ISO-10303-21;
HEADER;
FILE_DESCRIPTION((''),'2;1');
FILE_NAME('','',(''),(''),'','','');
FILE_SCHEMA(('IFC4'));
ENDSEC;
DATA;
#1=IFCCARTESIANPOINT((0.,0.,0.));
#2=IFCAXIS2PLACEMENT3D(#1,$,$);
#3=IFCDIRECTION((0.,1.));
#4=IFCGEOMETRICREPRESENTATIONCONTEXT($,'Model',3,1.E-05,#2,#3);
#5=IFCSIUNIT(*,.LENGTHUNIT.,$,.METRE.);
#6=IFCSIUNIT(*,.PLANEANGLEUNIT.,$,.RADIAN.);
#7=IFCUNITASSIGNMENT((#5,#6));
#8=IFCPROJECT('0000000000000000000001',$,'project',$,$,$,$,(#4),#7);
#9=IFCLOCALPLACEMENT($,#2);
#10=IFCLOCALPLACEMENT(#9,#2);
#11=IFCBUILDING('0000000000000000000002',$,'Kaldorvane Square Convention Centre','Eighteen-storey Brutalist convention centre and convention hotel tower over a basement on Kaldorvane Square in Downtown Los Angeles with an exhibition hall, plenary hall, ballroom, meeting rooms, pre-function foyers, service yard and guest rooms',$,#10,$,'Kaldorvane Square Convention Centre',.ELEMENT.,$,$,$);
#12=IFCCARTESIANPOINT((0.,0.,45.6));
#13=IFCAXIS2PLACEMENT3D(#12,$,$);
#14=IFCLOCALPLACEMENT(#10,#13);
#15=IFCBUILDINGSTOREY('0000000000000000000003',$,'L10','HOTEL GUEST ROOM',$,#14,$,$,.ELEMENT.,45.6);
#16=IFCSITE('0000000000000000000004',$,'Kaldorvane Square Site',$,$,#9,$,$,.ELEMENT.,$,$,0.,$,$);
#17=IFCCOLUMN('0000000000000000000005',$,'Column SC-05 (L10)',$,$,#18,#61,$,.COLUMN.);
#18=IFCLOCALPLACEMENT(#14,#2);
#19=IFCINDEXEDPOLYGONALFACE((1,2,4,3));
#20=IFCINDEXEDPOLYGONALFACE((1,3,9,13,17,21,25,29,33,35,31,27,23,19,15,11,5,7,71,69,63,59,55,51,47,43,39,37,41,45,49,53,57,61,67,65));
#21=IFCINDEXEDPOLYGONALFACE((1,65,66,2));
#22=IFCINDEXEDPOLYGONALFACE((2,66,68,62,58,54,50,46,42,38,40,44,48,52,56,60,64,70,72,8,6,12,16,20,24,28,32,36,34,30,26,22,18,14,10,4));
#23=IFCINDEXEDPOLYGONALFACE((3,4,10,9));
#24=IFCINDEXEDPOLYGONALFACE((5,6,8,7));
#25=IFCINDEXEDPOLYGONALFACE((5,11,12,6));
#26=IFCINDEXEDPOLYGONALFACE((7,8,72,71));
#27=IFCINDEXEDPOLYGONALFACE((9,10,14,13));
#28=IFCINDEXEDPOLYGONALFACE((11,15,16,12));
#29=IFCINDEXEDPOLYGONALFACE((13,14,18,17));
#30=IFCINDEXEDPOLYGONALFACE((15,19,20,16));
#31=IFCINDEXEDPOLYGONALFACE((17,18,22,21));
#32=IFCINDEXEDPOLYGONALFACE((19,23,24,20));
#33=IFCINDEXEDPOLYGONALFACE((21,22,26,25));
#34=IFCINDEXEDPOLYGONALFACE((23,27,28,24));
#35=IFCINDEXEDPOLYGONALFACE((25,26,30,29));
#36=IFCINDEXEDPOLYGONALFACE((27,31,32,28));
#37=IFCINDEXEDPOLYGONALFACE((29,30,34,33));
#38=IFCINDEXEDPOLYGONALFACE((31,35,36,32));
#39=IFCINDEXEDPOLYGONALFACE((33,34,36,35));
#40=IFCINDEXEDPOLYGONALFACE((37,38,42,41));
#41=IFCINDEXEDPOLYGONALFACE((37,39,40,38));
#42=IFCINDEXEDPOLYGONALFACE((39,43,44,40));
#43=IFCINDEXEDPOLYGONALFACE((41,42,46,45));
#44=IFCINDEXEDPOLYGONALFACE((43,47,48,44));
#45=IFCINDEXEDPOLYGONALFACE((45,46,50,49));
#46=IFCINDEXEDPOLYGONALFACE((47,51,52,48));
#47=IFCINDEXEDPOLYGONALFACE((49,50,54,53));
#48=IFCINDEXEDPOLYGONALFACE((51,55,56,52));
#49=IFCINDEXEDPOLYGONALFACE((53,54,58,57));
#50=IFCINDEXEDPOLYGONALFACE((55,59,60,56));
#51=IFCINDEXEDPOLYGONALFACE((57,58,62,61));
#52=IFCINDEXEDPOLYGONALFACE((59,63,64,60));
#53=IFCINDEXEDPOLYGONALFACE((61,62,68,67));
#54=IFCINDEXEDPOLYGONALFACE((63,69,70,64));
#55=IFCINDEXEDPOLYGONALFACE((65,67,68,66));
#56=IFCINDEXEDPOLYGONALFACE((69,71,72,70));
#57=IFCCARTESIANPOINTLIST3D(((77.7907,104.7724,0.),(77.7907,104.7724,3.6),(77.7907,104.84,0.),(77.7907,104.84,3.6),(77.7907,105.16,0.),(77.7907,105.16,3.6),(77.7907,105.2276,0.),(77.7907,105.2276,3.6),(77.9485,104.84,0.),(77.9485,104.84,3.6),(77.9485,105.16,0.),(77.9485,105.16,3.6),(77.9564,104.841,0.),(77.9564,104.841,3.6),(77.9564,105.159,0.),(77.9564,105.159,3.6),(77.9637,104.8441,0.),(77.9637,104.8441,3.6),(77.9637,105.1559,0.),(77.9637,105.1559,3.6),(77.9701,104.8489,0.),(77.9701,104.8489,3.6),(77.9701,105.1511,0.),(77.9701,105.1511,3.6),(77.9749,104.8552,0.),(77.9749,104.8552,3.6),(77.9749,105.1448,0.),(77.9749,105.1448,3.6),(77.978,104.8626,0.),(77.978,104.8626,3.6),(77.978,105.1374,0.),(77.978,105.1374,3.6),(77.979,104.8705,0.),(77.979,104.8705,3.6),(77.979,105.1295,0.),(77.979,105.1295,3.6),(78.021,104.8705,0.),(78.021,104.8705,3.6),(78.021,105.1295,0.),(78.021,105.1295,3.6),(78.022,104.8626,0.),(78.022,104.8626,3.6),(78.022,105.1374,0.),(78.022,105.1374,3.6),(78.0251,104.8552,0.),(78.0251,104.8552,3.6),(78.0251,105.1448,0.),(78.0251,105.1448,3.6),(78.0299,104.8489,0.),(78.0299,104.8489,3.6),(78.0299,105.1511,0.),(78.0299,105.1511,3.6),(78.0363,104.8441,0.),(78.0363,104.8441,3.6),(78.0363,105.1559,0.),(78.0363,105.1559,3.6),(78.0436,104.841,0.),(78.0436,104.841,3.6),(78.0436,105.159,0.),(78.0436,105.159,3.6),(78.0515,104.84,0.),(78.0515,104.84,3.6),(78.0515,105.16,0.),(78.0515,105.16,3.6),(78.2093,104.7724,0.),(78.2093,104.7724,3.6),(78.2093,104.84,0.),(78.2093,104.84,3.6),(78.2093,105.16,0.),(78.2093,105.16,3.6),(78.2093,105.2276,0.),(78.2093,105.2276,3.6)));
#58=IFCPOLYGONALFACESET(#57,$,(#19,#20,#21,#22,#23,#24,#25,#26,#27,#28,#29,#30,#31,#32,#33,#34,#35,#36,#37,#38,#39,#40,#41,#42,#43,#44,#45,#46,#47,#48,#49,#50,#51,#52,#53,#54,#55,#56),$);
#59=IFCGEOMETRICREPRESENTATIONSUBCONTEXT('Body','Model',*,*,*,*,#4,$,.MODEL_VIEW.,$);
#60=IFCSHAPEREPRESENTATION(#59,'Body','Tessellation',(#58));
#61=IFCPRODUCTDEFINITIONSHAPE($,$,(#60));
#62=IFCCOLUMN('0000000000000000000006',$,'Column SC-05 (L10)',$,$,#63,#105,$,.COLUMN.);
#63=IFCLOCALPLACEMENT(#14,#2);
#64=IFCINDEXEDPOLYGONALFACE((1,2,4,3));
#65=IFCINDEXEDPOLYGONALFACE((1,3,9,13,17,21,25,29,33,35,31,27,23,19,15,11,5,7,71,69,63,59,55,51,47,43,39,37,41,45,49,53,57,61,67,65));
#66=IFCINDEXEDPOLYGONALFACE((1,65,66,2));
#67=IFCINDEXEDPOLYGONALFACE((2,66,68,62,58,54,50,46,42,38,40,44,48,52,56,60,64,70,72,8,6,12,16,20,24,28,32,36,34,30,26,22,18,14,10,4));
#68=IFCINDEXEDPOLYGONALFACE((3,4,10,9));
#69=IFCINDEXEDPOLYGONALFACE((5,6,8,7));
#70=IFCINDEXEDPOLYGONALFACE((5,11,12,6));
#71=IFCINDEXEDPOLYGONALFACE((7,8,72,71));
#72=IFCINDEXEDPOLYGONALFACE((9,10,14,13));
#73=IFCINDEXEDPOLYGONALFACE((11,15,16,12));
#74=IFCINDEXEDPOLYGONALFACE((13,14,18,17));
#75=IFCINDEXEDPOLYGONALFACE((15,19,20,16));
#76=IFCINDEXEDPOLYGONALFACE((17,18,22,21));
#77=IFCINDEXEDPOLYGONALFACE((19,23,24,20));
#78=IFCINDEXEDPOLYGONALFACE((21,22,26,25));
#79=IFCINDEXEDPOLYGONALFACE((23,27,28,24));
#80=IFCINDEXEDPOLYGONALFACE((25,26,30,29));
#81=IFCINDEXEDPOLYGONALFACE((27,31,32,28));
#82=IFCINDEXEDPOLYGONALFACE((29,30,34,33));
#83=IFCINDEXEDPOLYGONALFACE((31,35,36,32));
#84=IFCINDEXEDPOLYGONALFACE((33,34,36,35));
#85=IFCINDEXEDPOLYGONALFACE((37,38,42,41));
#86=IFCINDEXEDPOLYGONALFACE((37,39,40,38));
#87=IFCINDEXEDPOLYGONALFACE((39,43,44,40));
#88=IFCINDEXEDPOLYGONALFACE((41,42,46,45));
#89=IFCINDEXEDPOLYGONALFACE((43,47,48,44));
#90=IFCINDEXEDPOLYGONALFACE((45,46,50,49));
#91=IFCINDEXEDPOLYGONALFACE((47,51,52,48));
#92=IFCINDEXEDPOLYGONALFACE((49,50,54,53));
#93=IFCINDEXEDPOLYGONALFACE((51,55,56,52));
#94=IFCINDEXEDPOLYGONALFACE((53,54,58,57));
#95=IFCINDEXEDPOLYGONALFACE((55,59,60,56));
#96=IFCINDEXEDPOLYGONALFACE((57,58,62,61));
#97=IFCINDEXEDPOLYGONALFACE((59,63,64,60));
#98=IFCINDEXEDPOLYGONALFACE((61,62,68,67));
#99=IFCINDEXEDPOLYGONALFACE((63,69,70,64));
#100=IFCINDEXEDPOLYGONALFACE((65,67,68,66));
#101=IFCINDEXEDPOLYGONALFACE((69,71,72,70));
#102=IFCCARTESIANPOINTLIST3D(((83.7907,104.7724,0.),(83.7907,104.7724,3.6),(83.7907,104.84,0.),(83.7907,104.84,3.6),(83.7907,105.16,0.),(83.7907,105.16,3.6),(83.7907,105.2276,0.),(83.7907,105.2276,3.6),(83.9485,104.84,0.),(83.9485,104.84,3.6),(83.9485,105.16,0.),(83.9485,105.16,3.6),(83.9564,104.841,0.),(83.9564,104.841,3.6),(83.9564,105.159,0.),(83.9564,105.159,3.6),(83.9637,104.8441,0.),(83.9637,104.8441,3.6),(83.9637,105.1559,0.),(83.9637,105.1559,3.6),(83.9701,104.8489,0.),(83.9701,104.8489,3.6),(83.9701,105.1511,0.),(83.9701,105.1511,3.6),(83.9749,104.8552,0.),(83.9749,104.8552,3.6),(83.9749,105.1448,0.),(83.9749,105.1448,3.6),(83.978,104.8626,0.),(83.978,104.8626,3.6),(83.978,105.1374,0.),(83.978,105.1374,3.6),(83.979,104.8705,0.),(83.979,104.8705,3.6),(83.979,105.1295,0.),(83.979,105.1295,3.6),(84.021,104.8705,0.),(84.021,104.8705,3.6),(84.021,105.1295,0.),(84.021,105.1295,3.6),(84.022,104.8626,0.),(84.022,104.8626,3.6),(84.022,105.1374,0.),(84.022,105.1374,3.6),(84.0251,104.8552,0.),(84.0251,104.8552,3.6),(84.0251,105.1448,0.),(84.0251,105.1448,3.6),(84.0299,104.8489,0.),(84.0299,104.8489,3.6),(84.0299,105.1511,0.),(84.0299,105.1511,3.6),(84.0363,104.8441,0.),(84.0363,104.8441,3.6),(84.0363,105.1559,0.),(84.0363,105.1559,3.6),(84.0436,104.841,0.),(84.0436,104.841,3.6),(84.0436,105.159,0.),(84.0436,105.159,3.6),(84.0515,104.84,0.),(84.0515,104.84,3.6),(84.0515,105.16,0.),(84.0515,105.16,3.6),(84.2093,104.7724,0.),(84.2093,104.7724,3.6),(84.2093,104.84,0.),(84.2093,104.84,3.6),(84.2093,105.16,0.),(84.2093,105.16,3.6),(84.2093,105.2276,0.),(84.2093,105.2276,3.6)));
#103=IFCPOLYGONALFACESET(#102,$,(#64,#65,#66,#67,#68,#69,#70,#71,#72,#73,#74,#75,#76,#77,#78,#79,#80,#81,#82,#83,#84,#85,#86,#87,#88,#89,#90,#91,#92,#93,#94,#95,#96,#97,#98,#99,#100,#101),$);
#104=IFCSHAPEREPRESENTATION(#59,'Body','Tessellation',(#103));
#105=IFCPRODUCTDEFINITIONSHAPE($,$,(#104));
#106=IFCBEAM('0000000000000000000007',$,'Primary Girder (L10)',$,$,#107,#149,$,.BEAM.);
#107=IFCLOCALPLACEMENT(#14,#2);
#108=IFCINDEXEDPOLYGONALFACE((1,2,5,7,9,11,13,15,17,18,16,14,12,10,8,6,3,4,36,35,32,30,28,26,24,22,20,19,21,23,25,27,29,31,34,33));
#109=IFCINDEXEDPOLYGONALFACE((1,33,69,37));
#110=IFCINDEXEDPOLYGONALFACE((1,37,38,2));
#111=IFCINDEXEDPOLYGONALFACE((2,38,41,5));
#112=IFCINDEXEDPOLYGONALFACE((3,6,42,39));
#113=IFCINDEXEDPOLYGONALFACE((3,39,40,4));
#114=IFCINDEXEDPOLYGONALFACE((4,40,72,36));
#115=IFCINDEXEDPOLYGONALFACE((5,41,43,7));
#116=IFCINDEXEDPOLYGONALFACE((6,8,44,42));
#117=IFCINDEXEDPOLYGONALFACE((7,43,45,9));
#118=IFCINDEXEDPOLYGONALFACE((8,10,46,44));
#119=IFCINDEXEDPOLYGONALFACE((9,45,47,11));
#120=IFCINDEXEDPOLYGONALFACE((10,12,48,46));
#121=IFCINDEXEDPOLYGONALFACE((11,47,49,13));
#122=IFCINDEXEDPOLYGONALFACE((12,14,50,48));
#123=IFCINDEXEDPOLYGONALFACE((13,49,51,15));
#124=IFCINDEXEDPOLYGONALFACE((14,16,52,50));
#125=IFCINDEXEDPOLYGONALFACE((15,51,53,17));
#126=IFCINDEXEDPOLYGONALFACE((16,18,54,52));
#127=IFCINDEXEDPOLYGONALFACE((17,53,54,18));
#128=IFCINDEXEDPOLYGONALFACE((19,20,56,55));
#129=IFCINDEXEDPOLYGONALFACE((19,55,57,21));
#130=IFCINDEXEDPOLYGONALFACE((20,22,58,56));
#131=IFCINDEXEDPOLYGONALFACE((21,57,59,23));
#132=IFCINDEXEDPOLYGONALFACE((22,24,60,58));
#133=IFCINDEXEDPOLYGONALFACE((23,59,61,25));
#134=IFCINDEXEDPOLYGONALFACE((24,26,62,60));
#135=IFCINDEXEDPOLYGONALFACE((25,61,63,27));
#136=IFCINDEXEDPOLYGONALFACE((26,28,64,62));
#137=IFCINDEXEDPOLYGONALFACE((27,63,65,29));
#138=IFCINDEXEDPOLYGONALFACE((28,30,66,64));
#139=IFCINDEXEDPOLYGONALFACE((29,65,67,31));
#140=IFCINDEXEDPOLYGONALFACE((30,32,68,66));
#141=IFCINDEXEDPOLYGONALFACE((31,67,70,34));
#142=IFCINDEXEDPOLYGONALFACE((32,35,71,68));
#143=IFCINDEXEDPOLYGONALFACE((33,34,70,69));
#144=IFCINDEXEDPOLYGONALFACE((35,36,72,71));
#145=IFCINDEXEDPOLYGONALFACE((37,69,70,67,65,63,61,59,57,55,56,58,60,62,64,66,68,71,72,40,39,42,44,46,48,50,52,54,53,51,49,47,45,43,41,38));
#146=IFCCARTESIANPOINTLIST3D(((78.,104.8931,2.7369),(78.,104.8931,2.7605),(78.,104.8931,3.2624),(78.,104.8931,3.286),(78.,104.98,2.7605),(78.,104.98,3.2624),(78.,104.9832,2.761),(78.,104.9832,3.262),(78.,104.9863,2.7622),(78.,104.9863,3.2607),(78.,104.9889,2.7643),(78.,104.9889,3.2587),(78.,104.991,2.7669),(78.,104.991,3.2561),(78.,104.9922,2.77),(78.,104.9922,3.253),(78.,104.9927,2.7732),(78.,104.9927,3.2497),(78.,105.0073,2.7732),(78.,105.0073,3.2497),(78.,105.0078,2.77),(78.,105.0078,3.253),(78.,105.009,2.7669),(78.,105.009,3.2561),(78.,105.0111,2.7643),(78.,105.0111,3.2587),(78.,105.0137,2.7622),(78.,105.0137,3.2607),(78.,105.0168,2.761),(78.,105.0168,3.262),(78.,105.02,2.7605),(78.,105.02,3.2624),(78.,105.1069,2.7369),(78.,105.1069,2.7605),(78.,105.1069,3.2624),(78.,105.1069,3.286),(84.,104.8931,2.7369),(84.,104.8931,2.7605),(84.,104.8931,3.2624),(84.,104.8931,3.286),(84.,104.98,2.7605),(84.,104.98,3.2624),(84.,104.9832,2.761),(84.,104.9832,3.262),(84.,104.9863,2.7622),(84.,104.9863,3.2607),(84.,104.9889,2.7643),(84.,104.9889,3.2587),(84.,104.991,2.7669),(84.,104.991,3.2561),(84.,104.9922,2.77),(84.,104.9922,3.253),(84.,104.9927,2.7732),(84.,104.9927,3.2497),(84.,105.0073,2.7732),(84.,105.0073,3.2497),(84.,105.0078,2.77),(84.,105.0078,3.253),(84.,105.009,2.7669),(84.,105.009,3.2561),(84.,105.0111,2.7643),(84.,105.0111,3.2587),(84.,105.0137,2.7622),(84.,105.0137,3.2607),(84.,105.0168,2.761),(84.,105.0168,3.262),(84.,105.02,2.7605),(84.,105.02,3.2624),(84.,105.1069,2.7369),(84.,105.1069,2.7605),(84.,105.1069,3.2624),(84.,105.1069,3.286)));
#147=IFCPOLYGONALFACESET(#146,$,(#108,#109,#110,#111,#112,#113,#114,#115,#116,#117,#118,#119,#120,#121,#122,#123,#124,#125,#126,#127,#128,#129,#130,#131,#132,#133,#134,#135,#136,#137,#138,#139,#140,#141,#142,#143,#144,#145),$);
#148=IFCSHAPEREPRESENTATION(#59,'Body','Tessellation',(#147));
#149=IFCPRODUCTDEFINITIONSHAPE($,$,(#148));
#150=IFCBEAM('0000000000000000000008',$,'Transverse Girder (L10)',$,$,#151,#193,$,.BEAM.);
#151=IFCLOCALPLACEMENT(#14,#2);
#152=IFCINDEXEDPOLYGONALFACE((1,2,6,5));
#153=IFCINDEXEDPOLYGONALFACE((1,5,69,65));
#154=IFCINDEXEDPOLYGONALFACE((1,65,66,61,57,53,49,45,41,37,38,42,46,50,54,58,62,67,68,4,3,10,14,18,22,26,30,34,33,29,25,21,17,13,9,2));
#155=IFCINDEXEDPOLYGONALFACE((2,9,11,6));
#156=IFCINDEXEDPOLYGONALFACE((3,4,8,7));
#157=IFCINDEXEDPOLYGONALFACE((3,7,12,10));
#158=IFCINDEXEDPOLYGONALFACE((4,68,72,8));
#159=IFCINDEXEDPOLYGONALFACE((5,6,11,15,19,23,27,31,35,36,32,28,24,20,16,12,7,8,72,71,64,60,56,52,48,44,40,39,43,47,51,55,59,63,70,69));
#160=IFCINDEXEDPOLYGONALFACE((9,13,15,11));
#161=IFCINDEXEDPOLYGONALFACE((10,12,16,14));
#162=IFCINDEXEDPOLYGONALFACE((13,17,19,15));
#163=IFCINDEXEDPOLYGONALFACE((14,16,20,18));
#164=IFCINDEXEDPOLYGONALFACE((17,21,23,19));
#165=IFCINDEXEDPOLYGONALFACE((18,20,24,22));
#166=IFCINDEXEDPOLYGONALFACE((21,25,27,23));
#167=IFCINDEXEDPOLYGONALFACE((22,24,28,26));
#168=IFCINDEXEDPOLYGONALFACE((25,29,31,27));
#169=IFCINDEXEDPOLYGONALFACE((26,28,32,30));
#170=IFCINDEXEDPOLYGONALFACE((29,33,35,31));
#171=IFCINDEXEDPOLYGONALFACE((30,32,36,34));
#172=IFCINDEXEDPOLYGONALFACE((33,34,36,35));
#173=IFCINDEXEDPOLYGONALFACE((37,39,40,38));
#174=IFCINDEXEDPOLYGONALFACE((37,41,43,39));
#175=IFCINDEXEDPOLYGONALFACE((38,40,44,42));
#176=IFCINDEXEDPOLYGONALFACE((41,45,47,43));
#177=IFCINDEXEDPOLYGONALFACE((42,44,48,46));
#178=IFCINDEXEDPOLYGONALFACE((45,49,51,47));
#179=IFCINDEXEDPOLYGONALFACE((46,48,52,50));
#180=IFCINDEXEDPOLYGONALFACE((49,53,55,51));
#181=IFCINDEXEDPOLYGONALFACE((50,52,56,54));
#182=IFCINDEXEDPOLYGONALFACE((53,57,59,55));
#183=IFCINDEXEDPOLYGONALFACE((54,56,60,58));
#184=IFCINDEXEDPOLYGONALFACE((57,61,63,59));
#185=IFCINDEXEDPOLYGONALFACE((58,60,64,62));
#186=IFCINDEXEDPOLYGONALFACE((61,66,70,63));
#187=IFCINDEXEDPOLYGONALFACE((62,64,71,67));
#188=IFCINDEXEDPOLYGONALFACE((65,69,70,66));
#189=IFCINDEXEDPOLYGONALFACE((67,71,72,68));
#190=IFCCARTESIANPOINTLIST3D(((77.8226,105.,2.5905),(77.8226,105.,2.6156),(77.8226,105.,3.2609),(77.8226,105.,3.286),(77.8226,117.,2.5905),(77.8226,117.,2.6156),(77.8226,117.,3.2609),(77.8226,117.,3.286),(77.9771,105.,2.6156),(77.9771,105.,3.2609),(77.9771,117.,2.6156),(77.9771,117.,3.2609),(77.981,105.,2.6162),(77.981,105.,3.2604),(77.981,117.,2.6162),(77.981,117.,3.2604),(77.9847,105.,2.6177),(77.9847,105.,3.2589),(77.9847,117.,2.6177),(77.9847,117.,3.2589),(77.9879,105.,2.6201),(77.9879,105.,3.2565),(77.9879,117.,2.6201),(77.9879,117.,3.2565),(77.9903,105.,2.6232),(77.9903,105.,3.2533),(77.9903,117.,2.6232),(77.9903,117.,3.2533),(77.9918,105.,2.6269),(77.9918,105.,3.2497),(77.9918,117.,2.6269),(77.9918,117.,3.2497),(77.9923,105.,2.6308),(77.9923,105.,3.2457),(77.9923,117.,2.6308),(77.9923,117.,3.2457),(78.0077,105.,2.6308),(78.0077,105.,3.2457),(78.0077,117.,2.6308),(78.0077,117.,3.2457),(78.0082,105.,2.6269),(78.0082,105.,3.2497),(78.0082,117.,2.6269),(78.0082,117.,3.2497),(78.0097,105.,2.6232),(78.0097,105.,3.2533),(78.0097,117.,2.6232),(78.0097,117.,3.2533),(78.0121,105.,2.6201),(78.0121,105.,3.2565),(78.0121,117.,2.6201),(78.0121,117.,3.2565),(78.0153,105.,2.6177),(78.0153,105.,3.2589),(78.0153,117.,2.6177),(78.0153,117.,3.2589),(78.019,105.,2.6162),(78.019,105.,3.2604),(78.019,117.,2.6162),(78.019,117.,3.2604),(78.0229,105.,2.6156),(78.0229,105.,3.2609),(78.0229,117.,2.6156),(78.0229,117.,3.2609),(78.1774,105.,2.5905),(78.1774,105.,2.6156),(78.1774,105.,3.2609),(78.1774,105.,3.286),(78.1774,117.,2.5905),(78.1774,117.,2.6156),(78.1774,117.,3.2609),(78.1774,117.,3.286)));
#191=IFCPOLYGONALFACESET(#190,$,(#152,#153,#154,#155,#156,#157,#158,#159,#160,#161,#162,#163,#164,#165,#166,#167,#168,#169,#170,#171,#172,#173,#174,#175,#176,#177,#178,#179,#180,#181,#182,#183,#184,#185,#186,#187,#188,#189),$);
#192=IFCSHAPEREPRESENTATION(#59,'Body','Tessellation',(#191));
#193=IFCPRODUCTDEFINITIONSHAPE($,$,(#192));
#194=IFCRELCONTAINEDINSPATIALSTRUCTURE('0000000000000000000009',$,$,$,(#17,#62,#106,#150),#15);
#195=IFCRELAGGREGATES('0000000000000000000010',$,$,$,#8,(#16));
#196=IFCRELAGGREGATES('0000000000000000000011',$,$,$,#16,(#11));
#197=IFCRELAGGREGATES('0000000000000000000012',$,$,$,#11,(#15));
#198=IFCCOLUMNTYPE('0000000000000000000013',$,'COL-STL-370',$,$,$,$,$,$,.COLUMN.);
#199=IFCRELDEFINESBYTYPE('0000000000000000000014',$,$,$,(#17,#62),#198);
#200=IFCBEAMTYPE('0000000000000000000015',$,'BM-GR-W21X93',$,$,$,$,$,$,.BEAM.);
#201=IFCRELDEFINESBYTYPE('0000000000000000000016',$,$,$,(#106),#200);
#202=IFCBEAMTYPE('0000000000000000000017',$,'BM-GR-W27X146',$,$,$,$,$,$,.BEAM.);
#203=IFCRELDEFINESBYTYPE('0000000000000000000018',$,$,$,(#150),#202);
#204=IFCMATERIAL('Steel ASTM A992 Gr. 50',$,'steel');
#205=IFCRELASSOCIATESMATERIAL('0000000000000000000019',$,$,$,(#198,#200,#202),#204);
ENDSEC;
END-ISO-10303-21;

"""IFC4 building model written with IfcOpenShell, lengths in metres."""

from ifc_helpers import new_model, si_unit, direction, frame, origin, origin_2d, place, context, subcontext, project, spatial, i_section, extrude, material, material_profile, profile_set, type_object, element, save


model = new_model("IFC4")

# Units and contexts
model_context = context("Model", 3, precision=1e-05, world=origin(), true_north=direction((0.0, 1.0)))
body_context = subcontext(model_context, "Body", "Model", "MODEL_VIEW")
ifc_project = project(units=[si_unit("LENGTHUNIT", "METRE"), si_unit("PLANEANGLEUNIT", "RADIAN")], contexts=[model_context])

# Site, building, storey
site_placement = place(None, origin())
site = spatial("IfcSite", under=ifc_project, at=site_placement, Name="Kaldorvane Square Site", CompositionType="ELEMENT", RefElevation=0.0)
building_placement = place(site_placement, origin())
building = spatial("IfcBuilding", under=site, at=building_placement, Name="Kaldorvane Square Convention Centre", Description="Eighteen-storey Brutalist convention centre and convention hotel tower over a basement on Kaldorvane Square in Downtown Los Angeles with an exhibition hall, plenary hall, ballroom, meeting rooms, pre-function foyers, service yard and guest rooms", LongName="Kaldorvane Square Convention Centre", CompositionType="ELEMENT")
storey_placement = place(building_placement, frame((0.0, 0.0, 45.6)))
storey = spatial("IfcBuildingStorey", under=building, at=storey_placement, Name="L10", Description="HOTEL GUEST ROOM", CompositionType="ELEMENT", Elevation=45.6)

# Columns
ifc_material_1 = material(Name="Steel ASTM A992 Gr. 50", Category="steel")
ifc_material_profile_1 = material_profile(ifc_material_1, i_section(OverallWidth=0.4185, OverallDepth=0.4552, WebThickness=0.042, FlangeThickness=0.0676, FilletRadius=0.0305, at=origin_2d()), Name="W14X370")
ifc_profile_set_1 = profile_set([ifc_material_profile_1], Name="Steel ASTM A992 Gr. 50")
column_type = type_object("IfcColumnType", Name="COL-STL-370", PredefinedType="COLUMN", material=ifc_profile_set_1)
for number, where, z_axis, x_axis, name in (
    (1, (78.0, 105.0, 0.0), (0.0, 0.0, 1.0), (1.0, 0.0, 0.0), "Column SC-05 (L10)"),
    (2, (84.0, 105.0, 0.0), (0.0, 0.0, 1.0), (1.0, 0.0, 0.0), "Column SC-05 (L10)"),
):
    element("IfcColumn", number, at=place(storey_placement, frame(where, z_axis=z_axis, x_axis=x_axis)), inside=storey, type_object=column_type, Name=name, PredefinedType="COLUMN", context=body_context, shape_type="SweptSolid", body=[
        extrude(i_section(OverallWidth=0.4185, OverallDepth=0.4552, WebThickness=0.042, FlangeThickness=0.0676, FilletRadius=0.0305, at=origin_2d()), origin(), (0.0, 0.0, 1.0), 3.6),
    ])

# Beams
ifc_material_profile_2 = material_profile(ifc_material_1, i_section(OverallWidth=0.2139, OverallDepth=0.5491, WebThickness=0.0147, FlangeThickness=0.0236, FilletRadius=0.0127, at=origin_2d()), Name="W21X93")
ifc_profile_set_2 = profile_set([ifc_material_profile_2], Name="Steel ASTM A992 Gr. 50")
beam_type_1 = type_object("IfcBeamType", Name="BM-GR-W21X93", PredefinedType="BEAM", material=ifc_profile_set_2)
beam_1_placement = place(storey_placement, frame((78.0, 105.0, 3.0115), z_axis=(1.0, 0.0, 0.0), x_axis=(0.0, 1.0, 0.0)))
element("IfcBeam", 3, at=beam_1_placement, inside=storey, type_object=beam_type_1, Name="Primary Girder (L10)", PredefinedType="BEAM", context=body_context, shape_type="SweptSolid", body=[
    extrude(i_section(OverallWidth=0.2139, OverallDepth=0.5491, WebThickness=0.0147, FlangeThickness=0.0236, FilletRadius=0.0127, at=origin_2d()), origin(), (0.0, 0.0, 1.0), 6.0),
])
ifc_material_profile_3 = material_profile(ifc_material_1, i_section(OverallWidth=0.3547, OverallDepth=0.6955, WebThickness=0.0154, FlangeThickness=0.0251, FilletRadius=0.0152, at=origin_2d()), Name="W27X146")
ifc_profile_set_3 = profile_set([ifc_material_profile_3], Name="Steel ASTM A992 Gr. 50")
beam_type_2 = type_object("IfcBeamType", Name="BM-GR-W27X146", PredefinedType="BEAM", material=ifc_profile_set_3)
beam_2_placement = place(storey_placement, frame((78.0, 105.0, 2.9383), z_axis=(0.0, 1.0, 0.0), x_axis=(-1.0, 0.0, 0.0)))
element("IfcBeam", 4, at=beam_2_placement, inside=storey, type_object=beam_type_2, Name="Transverse Girder (L10)", PredefinedType="BEAM", context=body_context, shape_type="SweptSolid", body=[
    extrude(i_section(OverallWidth=0.3547, OverallDepth=0.6955, WebThickness=0.0154, FlangeThickness=0.0251, FilletRadius=0.0152, at=origin_2d()), origin(), (0.0, 0.0, 1.0), 12.0),
])

save(model, "model.ifc")
